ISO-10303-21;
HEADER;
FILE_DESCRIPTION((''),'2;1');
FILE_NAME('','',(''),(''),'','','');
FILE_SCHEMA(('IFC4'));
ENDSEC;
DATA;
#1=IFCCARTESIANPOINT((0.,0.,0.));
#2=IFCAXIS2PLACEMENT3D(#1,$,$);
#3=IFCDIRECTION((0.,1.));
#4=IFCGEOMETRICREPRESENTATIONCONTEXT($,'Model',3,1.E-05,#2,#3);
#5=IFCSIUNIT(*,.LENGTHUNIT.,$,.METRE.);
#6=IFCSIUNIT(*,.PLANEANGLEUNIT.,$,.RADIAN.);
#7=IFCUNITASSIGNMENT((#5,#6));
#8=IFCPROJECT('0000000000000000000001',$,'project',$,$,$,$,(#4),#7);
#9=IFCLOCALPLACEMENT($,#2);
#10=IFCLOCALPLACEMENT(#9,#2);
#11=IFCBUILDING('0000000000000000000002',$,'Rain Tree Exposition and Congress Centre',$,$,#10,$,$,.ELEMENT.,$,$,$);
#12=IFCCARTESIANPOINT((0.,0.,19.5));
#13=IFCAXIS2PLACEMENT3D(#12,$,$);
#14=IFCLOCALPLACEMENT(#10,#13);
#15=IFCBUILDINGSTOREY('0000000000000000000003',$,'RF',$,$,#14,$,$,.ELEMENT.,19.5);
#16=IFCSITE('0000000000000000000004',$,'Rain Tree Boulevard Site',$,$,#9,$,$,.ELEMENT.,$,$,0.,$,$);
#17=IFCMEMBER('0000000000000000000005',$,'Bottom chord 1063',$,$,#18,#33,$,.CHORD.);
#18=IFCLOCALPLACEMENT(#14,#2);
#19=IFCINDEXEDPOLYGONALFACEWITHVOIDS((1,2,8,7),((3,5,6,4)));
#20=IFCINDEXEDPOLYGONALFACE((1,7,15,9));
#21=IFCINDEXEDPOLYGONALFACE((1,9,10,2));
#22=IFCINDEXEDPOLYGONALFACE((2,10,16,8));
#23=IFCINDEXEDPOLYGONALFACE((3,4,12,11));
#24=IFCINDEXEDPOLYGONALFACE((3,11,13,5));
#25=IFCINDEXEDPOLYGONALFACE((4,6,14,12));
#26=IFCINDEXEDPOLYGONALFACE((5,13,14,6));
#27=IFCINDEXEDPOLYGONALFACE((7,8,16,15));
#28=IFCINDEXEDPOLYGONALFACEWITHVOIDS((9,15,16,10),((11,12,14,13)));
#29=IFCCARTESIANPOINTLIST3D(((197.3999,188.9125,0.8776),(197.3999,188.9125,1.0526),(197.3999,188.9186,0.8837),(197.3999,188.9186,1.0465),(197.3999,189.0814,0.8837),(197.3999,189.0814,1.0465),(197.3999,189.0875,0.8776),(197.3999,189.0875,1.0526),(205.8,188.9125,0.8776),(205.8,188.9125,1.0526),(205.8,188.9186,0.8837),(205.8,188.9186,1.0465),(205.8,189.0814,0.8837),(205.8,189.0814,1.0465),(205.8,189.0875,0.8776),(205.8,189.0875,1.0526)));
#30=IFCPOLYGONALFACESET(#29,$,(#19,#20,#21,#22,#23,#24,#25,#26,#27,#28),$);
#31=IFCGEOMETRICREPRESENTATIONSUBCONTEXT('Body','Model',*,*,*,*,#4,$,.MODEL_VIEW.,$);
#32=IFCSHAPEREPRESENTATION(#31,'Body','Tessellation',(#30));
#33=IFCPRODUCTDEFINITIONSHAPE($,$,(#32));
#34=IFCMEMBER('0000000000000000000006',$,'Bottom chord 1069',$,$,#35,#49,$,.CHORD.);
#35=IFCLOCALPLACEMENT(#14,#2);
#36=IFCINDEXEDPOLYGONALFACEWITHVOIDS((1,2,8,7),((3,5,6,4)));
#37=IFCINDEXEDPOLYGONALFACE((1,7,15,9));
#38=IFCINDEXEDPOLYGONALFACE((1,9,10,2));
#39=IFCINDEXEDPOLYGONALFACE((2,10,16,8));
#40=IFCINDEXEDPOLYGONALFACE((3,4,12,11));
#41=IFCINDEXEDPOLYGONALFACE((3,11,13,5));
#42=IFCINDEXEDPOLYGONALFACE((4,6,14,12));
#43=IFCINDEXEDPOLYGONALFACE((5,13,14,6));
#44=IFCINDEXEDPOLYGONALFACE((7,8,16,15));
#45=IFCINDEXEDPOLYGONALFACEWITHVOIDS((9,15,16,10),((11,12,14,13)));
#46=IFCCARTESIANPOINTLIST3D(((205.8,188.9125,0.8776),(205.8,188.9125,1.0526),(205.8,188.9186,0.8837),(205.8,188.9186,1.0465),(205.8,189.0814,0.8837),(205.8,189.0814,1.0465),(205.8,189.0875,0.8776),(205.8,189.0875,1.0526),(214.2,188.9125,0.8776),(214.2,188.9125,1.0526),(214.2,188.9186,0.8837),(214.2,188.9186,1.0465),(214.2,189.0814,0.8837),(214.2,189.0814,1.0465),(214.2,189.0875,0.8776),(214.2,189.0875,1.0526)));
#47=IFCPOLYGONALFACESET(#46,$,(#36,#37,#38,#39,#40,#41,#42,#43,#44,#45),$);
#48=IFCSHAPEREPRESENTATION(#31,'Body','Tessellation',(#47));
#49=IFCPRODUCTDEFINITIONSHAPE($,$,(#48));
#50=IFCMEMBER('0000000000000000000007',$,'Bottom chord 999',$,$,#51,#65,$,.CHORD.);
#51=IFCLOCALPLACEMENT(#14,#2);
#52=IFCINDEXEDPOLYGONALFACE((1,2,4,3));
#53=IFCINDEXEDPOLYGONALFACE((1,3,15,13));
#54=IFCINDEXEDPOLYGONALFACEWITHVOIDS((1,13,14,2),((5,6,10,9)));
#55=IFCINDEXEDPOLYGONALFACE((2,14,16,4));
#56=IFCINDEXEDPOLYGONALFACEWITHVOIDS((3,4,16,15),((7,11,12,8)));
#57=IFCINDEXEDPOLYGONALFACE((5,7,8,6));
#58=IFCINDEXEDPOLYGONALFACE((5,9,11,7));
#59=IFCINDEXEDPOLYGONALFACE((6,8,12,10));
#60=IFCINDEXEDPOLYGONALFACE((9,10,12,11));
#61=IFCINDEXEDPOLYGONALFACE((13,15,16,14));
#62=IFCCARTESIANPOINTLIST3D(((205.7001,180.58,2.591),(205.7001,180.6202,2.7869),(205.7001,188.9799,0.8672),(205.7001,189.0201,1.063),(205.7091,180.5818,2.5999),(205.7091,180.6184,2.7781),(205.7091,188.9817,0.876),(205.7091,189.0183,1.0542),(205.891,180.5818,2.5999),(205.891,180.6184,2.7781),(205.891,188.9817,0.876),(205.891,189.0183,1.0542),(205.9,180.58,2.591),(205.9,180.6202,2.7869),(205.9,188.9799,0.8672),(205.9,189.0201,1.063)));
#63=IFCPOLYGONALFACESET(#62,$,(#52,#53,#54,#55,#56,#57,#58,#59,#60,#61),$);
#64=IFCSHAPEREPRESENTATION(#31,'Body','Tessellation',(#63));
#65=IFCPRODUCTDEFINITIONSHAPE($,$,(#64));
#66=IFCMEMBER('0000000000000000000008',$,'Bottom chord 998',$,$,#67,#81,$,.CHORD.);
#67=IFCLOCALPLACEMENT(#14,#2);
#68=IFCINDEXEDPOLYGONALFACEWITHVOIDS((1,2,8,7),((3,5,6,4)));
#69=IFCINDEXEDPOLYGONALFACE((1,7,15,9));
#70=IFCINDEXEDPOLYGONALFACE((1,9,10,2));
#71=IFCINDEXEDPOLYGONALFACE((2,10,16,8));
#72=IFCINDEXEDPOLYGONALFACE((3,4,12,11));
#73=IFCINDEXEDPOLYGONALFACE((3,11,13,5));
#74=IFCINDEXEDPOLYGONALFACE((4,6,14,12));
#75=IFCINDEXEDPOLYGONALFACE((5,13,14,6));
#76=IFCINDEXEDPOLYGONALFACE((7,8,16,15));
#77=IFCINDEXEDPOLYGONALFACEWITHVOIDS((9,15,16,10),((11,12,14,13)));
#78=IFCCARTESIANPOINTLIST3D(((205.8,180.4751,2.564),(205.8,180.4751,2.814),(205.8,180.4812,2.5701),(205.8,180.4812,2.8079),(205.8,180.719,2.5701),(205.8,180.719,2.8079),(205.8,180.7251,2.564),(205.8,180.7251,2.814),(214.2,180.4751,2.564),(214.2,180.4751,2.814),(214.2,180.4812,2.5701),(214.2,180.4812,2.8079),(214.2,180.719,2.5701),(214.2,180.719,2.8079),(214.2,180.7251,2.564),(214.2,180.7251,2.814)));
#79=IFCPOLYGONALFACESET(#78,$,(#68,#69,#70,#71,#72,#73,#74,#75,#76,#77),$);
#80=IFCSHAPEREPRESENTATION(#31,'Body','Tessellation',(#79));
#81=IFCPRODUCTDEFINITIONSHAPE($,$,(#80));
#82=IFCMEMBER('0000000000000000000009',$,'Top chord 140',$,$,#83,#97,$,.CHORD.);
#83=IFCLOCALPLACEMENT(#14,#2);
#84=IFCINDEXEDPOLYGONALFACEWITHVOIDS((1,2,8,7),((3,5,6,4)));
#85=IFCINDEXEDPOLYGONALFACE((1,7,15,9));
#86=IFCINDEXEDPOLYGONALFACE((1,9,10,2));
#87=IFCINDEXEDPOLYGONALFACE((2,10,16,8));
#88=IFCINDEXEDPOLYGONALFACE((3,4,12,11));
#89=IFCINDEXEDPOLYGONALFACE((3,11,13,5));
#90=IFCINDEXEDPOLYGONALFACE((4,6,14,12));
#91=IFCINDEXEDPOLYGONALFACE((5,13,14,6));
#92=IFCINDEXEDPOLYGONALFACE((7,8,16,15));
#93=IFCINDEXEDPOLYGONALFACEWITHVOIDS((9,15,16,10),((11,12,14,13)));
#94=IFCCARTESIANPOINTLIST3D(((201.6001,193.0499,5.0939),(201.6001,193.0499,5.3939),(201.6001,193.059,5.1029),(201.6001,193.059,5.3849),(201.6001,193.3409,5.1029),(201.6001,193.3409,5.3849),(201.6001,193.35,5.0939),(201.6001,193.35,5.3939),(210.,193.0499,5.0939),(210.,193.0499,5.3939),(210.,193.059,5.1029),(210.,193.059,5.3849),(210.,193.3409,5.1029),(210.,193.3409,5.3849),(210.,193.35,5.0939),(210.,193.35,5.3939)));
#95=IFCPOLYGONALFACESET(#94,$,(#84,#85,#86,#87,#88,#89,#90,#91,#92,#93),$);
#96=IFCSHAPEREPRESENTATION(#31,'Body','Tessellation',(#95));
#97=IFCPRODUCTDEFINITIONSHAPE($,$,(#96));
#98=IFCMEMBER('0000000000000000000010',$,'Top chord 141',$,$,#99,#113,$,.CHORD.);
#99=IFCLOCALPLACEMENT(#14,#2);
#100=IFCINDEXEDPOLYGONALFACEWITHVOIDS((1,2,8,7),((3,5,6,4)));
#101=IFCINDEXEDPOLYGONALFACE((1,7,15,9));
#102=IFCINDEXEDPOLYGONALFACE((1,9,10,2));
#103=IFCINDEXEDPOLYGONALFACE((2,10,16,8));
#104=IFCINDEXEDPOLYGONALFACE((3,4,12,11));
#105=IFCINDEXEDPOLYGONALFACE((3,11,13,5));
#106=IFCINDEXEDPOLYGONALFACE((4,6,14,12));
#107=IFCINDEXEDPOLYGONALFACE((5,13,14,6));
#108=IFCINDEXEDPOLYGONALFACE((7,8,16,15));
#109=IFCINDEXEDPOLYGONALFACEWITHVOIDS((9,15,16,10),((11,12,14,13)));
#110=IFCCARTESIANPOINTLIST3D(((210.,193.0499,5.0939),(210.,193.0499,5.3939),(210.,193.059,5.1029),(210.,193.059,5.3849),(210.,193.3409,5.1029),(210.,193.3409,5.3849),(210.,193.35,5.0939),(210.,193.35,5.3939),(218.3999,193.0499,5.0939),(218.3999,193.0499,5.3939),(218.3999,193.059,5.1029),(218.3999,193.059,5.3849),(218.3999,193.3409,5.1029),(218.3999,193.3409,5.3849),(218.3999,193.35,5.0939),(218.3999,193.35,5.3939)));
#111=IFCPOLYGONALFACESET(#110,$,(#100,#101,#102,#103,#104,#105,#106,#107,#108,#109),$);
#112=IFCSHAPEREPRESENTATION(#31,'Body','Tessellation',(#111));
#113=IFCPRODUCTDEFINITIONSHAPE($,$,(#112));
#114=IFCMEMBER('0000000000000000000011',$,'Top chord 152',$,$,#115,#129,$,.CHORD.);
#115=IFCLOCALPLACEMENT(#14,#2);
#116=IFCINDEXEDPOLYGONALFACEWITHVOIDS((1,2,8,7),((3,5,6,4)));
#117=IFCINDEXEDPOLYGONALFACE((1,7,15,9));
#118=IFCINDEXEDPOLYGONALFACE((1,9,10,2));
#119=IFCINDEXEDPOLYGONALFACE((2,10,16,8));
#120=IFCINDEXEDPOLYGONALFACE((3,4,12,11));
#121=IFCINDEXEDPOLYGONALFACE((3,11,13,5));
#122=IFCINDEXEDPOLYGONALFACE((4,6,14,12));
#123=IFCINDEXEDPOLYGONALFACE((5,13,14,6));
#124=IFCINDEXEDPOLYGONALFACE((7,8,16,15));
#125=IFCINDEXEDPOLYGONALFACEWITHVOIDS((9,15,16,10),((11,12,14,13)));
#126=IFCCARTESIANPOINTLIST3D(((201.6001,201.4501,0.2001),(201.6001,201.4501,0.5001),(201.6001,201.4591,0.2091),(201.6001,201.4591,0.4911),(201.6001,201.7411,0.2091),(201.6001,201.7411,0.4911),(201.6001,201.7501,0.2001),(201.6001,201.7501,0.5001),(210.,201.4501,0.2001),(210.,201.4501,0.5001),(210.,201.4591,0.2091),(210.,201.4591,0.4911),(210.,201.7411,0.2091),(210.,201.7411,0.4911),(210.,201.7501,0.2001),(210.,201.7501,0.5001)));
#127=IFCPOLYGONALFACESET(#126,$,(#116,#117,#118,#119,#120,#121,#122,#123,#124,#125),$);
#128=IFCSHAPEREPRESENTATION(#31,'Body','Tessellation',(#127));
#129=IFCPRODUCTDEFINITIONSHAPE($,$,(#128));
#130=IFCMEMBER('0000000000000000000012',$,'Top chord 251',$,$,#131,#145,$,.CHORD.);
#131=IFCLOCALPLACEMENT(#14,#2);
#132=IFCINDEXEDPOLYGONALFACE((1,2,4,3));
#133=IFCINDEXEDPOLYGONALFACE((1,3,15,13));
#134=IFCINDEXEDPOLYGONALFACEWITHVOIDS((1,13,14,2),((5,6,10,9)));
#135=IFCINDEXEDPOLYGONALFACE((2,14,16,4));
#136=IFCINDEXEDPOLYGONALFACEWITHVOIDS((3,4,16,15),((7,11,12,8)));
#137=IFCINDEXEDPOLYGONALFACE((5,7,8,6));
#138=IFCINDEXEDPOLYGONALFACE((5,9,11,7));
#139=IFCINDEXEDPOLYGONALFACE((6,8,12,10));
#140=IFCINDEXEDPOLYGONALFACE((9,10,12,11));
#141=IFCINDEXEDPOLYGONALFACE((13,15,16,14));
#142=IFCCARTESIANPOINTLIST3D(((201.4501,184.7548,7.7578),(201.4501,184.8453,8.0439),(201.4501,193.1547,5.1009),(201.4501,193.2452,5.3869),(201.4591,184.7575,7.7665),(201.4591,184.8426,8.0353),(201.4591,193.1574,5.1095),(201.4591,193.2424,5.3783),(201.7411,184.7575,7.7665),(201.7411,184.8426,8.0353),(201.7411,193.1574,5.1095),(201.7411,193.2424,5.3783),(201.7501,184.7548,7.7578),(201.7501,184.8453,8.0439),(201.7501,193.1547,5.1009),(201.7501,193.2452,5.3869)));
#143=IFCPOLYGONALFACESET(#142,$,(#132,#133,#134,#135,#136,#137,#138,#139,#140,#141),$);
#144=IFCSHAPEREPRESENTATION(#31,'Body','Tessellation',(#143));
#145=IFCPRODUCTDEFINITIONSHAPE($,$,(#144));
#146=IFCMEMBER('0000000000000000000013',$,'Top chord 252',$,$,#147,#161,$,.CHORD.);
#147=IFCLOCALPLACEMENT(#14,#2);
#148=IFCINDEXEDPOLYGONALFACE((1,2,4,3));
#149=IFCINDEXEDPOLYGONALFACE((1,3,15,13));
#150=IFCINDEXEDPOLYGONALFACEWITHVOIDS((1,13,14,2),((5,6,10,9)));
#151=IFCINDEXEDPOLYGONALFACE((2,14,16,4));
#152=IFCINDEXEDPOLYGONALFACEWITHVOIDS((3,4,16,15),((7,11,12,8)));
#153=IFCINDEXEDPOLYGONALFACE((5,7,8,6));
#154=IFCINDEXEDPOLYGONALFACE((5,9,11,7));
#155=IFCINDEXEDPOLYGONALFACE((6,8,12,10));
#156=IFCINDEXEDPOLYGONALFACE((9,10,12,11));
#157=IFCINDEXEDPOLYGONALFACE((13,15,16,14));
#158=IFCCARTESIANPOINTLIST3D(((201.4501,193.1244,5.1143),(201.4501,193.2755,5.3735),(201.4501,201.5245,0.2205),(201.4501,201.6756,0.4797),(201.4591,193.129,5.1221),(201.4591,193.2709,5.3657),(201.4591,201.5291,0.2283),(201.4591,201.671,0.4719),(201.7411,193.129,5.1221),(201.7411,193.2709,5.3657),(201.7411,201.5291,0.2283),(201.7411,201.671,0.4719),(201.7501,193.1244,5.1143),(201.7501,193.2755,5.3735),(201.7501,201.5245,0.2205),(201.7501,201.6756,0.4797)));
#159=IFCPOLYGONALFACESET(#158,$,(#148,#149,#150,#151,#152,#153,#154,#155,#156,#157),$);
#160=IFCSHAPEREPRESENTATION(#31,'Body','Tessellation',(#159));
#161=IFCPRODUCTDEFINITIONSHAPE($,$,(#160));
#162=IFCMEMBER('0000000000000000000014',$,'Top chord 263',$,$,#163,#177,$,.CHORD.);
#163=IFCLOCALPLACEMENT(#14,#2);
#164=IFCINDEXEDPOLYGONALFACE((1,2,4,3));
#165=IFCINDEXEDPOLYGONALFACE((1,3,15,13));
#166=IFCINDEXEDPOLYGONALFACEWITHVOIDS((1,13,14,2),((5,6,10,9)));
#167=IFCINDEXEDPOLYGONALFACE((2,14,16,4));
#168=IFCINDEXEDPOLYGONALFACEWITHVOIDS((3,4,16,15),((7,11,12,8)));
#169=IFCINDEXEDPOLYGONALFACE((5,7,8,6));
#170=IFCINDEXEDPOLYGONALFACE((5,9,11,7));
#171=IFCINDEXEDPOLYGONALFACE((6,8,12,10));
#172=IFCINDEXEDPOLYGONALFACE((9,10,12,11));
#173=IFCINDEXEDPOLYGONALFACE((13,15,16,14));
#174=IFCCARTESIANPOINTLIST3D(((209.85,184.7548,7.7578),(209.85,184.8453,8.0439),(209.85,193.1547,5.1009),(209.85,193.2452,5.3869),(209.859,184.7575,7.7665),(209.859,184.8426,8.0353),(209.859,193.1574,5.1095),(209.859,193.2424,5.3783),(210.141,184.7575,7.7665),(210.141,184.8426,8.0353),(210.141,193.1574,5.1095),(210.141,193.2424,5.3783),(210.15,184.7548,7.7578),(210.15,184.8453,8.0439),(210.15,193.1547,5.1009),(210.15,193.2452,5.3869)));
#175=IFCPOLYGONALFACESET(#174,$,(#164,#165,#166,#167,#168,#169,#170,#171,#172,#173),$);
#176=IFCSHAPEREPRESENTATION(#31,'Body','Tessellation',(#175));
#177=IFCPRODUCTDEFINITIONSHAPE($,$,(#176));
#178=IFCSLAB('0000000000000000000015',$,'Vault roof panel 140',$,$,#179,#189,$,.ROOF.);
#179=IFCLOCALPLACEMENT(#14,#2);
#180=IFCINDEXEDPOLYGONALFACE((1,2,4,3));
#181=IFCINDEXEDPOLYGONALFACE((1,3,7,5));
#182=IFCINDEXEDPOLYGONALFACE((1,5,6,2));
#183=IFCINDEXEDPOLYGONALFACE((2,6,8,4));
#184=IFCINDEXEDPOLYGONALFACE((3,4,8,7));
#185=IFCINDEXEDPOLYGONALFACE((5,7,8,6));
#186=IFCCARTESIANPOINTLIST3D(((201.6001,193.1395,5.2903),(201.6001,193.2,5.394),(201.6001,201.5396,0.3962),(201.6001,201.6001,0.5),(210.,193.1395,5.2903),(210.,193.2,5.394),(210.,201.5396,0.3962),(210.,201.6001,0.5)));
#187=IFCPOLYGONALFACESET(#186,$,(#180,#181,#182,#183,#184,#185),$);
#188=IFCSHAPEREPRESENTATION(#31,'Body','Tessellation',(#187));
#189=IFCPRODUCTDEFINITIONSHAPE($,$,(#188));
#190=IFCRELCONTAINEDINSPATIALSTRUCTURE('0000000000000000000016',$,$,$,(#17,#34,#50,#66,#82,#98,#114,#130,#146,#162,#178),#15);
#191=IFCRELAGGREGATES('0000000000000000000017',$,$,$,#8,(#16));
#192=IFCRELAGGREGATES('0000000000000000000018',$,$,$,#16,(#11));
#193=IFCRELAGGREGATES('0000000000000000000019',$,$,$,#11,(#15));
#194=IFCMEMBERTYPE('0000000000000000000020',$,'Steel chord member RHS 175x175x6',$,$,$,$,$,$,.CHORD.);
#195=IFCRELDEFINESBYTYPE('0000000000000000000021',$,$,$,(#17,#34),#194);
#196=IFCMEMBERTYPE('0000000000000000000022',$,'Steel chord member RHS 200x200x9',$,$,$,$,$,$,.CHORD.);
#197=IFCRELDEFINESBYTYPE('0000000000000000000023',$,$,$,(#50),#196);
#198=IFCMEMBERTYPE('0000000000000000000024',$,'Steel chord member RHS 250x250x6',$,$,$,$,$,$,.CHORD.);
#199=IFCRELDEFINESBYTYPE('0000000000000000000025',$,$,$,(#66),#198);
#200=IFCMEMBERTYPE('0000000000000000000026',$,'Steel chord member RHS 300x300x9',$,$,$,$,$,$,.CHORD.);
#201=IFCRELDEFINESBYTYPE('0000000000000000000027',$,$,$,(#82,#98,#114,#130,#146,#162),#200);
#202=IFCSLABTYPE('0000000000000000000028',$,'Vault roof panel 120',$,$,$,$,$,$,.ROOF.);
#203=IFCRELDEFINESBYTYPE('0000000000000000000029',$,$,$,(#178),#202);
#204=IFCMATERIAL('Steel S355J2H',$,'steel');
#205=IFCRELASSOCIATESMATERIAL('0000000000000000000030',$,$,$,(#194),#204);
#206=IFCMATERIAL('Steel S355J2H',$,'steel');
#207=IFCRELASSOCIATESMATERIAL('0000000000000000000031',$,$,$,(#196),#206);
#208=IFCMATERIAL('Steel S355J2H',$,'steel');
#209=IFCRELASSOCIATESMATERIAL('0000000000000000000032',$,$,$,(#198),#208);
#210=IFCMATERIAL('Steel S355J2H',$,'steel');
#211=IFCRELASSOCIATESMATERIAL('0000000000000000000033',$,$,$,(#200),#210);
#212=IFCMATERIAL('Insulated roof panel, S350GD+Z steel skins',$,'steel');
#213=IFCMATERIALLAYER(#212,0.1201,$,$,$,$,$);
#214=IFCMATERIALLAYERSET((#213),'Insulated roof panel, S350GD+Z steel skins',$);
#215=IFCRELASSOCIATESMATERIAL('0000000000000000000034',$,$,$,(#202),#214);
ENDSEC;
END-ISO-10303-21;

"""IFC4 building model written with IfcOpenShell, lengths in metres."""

from ifc_helpers import new_model, si_unit, direction, frame, origin, origin_2d, place, context, subcontext, project, spatial, polyline, hollow_rectangle, outline, extrude, material, layer, layer_set, material_profile, profile_set, type_object, element, save


model = new_model("IFC4")

# Units and contexts
model_context = context("Model", 3, precision=1e-05, world=origin(), true_north=direction((0.0, 1.0)))
body_context = subcontext(model_context, "Body", "Model", "MODEL_VIEW")
ifc_project = project(units=[si_unit("LENGTHUNIT", "METRE"), si_unit("PLANEANGLEUNIT", "RADIAN")], contexts=[model_context])

# Site, building, storey
site_placement = place(None, origin())
site = spatial("IfcSite", under=ifc_project, at=site_placement, Name="Rain Tree Boulevard Site", CompositionType="ELEMENT", RefElevation=0.0)
building_placement = place(site_placement, origin())
building = spatial("IfcBuilding", under=site, at=building_placement, Name="Rain Tree Exposition and Congress Centre", CompositionType="ELEMENT")
storey_placement = place(building_placement, frame((0.0, 0.0, 19.5)))
storey = spatial("IfcBuildingStorey", under=building, at=storey_placement, Name="RF", CompositionType="ELEMENT", Elevation=19.5)

# Members
ifc_material_1 = material(Name="Steel S355J2H", Category="steel")
ifc_material_profile_1 = material_profile(ifc_material_1, hollow_rectangle(XDim=0.175, YDim=0.175, WallThickness=0.0061, at=origin_2d()), Name="RHS 175x175x6")
ifc_profile_set_1 = profile_set([ifc_material_profile_1], Name="Steel S355J2H")
member_type_1 = type_object("IfcMemberType", Name="Steel chord member RHS 175x175x6", PredefinedType="CHORD", material=ifc_profile_set_1)
member_1_placement = place(storey_placement, frame((197.3999, 189.0, 0.9651), z_axis=(1.0, 0.0, 0.0), x_axis=(0.0, 1.0, 0.0)))
element("IfcMember", 1, at=member_1_placement, inside=storey, type_object=member_type_1, Name="Bottom chord 1063", PredefinedType="CHORD", context=body_context, shape_type="SweptSolid", body=[
    extrude(hollow_rectangle(XDim=0.175, YDim=0.175, WallThickness=0.0061, at=origin_2d()), origin(), (0.0, 0.0, 1.0), 8.4001),
])
member_2_placement = place(storey_placement, frame((205.8, 189.0, 0.9651), z_axis=(1.0, 0.0, 0.0), x_axis=(0.0, 1.0, 0.0)))
element("IfcMember", 2, at=member_2_placement, inside=storey, type_object=member_type_1, Name="Bottom chord 1069", PredefinedType="CHORD", context=body_context, shape_type="SweptSolid", body=[
    extrude(hollow_rectangle(XDim=0.175, YDim=0.175, WallThickness=0.0061, at=origin_2d()), origin(), (0.0, 0.0, 1.0), 8.3999),
])
ifc_material_2 = material(Name="Steel S355J2H", Category="steel")
ifc_material_profile_2 = material_profile(ifc_material_2, hollow_rectangle(XDim=0.2, YDim=0.2, WallThickness=0.009, at=origin_2d()), Name="RHS 200x200x9")
ifc_profile_set_2 = profile_set([ifc_material_profile_2], Name="Steel S355J2H")
member_type_2 = type_object("IfcMemberType", Name="Steel chord member RHS 200x200x9", PredefinedType="CHORD", material=ifc_profile_set_2)
member_3_placement = place(storey_placement, frame((205.8, 180.6001, 2.689), z_axis=(0.0, 0.979584, -0.201036), x_axis=(-1.0, 0.0, 0.0)))
element("IfcMember", 3, at=member_3_placement, inside=storey, type_object=member_type_2, Name="Bottom chord 999", PredefinedType="CHORD", context=body_context, shape_type="SweptSolid", body=[
    extrude(hollow_rectangle(XDim=0.2, YDim=0.2, WallThickness=0.009, at=origin_2d()), origin(), (0.0, 0.0, 1.0), 8.575),
])
ifc_material_3 = material(Name="Steel S355J2H", Category="steel")
ifc_material_profile_3 = material_profile(ifc_material_3, hollow_rectangle(XDim=0.25, YDim=0.25, WallThickness=0.0061, at=origin_2d()), Name="RHS 250x250x6")
ifc_profile_set_3 = profile_set([ifc_material_profile_3], Name="Steel S355J2H")
member_type_3 = type_object("IfcMemberType", Name="Steel chord member RHS 250x250x6", PredefinedType="CHORD", material=ifc_profile_set_3)
member_4_placement = place(storey_placement, frame((205.8, 180.6001, 2.689), z_axis=(1.0, 0.0, 0.0), x_axis=(0.0, 1.0, 0.0)))
element("IfcMember", 4, at=member_4_placement, inside=storey, type_object=member_type_3, Name="Bottom chord 998", PredefinedType="CHORD", context=body_context, shape_type="SweptSolid", body=[
    extrude(hollow_rectangle(XDim=0.25, YDim=0.25, WallThickness=0.0061, at=origin_2d()), origin(), (0.0, 0.0, 1.0), 8.3999),
])
ifc_material_4 = material(Name="Steel S355J2H", Category="steel")
ifc_material_profile_4 = material_profile(ifc_material_4, hollow_rectangle(XDim=0.3, YDim=0.3, WallThickness=0.009, at=origin_2d()), Name="RHS 300x300x9")
ifc_profile_set_4 = profile_set([ifc_material_profile_4], Name="Steel S355J2H")
member_type_4 = type_object("IfcMemberType", Name="Steel chord member RHS 300x300x9", PredefinedType="CHORD", material=ifc_profile_set_4)
for number, where, z_axis, x_axis, name in (
    (5, (201.6001, 193.2, 5.2439), (1.0, 0.0, 0.0), (0.0, 1.0, 0.0), "Top chord 140"),
    (6, (210.0, 193.2, 5.2439), (1.0, 0.0, 0.0), (0.0, 1.0, 0.0), "Top chord 141"),
    (7, (201.6001, 201.6001, 0.3501), (1.0, 0.0, 0.0), (0.0, 1.0, 0.0), "Top chord 152"),
):
    element("IfcMember", number, at=place(storey_placement, frame(where, z_axis=z_axis, x_axis=x_axis)), inside=storey, type_object=member_type_4, Name=name, PredefinedType="CHORD", context=body_context, shape_type="SweptSolid", body=[
        extrude(hollow_rectangle(XDim=0.3, YDim=0.3, WallThickness=0.009, at=origin_2d()), origin(), (0.0, 0.0, 1.0), 8.3999),
    ])
member_5_placement = place(storey_placement, frame((201.6001, 184.8, 7.9009), z_axis=(0.0, 0.95344, -0.301584), x_axis=(-1.0, 0.0, 0.0)))
element("IfcMember", 8, at=member_5_placement, inside=storey, type_object=member_type_4, Name="Top chord 251", PredefinedType="CHORD", context=body_context, shape_type="SweptSolid", body=[
    extrude(hollow_rectangle(XDim=0.3, YDim=0.3, WallThickness=0.009, at=origin_2d()), origin(), (0.0, 0.0, 1.0), 8.8101),
])
member_6_placement = place(storey_placement, frame((201.6001, 193.2, 5.2439), z_axis=(0.0, 0.86406, -0.503388), x_axis=(-1.0, 0.0, 0.0)))
element("IfcMember", 9, at=member_6_placement, inside=storey, type_object=member_type_4, Name="Top chord 252", PredefinedType="CHORD", context=body_context, shape_type="SweptSolid", body=[
    extrude(hollow_rectangle(XDim=0.3, YDim=0.3, WallThickness=0.009, at=origin_2d()), origin(), (0.0, 0.0, 1.0), 9.7217),
])
member_7_placement = place(storey_placement, frame((210.0, 184.8, 7.9009), z_axis=(0.0, 0.95344, -0.301584), x_axis=(-1.0, 0.0, 0.0)))
element("IfcMember", 10, at=member_7_placement, inside=storey, type_object=member_type_4, Name="Top chord 263", PredefinedType="CHORD", context=body_context, shape_type="SweptSolid", body=[
    extrude(hollow_rectangle(XDim=0.3, YDim=0.3, WallThickness=0.009, at=origin_2d()), origin(), (0.0, 0.0, 1.0), 8.8101),
])

# Slab
ifc_material_5 = material(Name="Insulated roof panel, S350GD+Z steel skins", Category="steel")
ifc_layer_1 = layer(ifc_material_5, 0.1201)
ifc_layer_set_1 = layer_set([ifc_layer_1], Name="Insulated roof panel, S350GD+Z steel skins")
slab_type = type_object("IfcSlabType", Name="Vault roof panel 120", PredefinedType="ROOF", material=ifc_layer_set_1)
slab_placement = place(storey_placement, frame((201.6001, 193.2, 5.394), z_axis=(0.0, 0.503407, 0.864049), x_axis=(1.0, 0.0, 0.0)))
element("IfcSlab", 11, at=slab_placement, inside=storey, type_object=slab_type, Name="Vault roof panel 140", PredefinedType="ROOF", context=body_context, shape_type="SweptSolid", body=[
    extrude(outline(polyline([(0.0, 0.0), (8.3999, 0.0), (8.3999, 9.7218), (0.0, 9.7218), (0.0, 0.0)])), origin(), (0.0, 0.0, -1.0), 0.1201),
])

save(model, "model.ifc")
